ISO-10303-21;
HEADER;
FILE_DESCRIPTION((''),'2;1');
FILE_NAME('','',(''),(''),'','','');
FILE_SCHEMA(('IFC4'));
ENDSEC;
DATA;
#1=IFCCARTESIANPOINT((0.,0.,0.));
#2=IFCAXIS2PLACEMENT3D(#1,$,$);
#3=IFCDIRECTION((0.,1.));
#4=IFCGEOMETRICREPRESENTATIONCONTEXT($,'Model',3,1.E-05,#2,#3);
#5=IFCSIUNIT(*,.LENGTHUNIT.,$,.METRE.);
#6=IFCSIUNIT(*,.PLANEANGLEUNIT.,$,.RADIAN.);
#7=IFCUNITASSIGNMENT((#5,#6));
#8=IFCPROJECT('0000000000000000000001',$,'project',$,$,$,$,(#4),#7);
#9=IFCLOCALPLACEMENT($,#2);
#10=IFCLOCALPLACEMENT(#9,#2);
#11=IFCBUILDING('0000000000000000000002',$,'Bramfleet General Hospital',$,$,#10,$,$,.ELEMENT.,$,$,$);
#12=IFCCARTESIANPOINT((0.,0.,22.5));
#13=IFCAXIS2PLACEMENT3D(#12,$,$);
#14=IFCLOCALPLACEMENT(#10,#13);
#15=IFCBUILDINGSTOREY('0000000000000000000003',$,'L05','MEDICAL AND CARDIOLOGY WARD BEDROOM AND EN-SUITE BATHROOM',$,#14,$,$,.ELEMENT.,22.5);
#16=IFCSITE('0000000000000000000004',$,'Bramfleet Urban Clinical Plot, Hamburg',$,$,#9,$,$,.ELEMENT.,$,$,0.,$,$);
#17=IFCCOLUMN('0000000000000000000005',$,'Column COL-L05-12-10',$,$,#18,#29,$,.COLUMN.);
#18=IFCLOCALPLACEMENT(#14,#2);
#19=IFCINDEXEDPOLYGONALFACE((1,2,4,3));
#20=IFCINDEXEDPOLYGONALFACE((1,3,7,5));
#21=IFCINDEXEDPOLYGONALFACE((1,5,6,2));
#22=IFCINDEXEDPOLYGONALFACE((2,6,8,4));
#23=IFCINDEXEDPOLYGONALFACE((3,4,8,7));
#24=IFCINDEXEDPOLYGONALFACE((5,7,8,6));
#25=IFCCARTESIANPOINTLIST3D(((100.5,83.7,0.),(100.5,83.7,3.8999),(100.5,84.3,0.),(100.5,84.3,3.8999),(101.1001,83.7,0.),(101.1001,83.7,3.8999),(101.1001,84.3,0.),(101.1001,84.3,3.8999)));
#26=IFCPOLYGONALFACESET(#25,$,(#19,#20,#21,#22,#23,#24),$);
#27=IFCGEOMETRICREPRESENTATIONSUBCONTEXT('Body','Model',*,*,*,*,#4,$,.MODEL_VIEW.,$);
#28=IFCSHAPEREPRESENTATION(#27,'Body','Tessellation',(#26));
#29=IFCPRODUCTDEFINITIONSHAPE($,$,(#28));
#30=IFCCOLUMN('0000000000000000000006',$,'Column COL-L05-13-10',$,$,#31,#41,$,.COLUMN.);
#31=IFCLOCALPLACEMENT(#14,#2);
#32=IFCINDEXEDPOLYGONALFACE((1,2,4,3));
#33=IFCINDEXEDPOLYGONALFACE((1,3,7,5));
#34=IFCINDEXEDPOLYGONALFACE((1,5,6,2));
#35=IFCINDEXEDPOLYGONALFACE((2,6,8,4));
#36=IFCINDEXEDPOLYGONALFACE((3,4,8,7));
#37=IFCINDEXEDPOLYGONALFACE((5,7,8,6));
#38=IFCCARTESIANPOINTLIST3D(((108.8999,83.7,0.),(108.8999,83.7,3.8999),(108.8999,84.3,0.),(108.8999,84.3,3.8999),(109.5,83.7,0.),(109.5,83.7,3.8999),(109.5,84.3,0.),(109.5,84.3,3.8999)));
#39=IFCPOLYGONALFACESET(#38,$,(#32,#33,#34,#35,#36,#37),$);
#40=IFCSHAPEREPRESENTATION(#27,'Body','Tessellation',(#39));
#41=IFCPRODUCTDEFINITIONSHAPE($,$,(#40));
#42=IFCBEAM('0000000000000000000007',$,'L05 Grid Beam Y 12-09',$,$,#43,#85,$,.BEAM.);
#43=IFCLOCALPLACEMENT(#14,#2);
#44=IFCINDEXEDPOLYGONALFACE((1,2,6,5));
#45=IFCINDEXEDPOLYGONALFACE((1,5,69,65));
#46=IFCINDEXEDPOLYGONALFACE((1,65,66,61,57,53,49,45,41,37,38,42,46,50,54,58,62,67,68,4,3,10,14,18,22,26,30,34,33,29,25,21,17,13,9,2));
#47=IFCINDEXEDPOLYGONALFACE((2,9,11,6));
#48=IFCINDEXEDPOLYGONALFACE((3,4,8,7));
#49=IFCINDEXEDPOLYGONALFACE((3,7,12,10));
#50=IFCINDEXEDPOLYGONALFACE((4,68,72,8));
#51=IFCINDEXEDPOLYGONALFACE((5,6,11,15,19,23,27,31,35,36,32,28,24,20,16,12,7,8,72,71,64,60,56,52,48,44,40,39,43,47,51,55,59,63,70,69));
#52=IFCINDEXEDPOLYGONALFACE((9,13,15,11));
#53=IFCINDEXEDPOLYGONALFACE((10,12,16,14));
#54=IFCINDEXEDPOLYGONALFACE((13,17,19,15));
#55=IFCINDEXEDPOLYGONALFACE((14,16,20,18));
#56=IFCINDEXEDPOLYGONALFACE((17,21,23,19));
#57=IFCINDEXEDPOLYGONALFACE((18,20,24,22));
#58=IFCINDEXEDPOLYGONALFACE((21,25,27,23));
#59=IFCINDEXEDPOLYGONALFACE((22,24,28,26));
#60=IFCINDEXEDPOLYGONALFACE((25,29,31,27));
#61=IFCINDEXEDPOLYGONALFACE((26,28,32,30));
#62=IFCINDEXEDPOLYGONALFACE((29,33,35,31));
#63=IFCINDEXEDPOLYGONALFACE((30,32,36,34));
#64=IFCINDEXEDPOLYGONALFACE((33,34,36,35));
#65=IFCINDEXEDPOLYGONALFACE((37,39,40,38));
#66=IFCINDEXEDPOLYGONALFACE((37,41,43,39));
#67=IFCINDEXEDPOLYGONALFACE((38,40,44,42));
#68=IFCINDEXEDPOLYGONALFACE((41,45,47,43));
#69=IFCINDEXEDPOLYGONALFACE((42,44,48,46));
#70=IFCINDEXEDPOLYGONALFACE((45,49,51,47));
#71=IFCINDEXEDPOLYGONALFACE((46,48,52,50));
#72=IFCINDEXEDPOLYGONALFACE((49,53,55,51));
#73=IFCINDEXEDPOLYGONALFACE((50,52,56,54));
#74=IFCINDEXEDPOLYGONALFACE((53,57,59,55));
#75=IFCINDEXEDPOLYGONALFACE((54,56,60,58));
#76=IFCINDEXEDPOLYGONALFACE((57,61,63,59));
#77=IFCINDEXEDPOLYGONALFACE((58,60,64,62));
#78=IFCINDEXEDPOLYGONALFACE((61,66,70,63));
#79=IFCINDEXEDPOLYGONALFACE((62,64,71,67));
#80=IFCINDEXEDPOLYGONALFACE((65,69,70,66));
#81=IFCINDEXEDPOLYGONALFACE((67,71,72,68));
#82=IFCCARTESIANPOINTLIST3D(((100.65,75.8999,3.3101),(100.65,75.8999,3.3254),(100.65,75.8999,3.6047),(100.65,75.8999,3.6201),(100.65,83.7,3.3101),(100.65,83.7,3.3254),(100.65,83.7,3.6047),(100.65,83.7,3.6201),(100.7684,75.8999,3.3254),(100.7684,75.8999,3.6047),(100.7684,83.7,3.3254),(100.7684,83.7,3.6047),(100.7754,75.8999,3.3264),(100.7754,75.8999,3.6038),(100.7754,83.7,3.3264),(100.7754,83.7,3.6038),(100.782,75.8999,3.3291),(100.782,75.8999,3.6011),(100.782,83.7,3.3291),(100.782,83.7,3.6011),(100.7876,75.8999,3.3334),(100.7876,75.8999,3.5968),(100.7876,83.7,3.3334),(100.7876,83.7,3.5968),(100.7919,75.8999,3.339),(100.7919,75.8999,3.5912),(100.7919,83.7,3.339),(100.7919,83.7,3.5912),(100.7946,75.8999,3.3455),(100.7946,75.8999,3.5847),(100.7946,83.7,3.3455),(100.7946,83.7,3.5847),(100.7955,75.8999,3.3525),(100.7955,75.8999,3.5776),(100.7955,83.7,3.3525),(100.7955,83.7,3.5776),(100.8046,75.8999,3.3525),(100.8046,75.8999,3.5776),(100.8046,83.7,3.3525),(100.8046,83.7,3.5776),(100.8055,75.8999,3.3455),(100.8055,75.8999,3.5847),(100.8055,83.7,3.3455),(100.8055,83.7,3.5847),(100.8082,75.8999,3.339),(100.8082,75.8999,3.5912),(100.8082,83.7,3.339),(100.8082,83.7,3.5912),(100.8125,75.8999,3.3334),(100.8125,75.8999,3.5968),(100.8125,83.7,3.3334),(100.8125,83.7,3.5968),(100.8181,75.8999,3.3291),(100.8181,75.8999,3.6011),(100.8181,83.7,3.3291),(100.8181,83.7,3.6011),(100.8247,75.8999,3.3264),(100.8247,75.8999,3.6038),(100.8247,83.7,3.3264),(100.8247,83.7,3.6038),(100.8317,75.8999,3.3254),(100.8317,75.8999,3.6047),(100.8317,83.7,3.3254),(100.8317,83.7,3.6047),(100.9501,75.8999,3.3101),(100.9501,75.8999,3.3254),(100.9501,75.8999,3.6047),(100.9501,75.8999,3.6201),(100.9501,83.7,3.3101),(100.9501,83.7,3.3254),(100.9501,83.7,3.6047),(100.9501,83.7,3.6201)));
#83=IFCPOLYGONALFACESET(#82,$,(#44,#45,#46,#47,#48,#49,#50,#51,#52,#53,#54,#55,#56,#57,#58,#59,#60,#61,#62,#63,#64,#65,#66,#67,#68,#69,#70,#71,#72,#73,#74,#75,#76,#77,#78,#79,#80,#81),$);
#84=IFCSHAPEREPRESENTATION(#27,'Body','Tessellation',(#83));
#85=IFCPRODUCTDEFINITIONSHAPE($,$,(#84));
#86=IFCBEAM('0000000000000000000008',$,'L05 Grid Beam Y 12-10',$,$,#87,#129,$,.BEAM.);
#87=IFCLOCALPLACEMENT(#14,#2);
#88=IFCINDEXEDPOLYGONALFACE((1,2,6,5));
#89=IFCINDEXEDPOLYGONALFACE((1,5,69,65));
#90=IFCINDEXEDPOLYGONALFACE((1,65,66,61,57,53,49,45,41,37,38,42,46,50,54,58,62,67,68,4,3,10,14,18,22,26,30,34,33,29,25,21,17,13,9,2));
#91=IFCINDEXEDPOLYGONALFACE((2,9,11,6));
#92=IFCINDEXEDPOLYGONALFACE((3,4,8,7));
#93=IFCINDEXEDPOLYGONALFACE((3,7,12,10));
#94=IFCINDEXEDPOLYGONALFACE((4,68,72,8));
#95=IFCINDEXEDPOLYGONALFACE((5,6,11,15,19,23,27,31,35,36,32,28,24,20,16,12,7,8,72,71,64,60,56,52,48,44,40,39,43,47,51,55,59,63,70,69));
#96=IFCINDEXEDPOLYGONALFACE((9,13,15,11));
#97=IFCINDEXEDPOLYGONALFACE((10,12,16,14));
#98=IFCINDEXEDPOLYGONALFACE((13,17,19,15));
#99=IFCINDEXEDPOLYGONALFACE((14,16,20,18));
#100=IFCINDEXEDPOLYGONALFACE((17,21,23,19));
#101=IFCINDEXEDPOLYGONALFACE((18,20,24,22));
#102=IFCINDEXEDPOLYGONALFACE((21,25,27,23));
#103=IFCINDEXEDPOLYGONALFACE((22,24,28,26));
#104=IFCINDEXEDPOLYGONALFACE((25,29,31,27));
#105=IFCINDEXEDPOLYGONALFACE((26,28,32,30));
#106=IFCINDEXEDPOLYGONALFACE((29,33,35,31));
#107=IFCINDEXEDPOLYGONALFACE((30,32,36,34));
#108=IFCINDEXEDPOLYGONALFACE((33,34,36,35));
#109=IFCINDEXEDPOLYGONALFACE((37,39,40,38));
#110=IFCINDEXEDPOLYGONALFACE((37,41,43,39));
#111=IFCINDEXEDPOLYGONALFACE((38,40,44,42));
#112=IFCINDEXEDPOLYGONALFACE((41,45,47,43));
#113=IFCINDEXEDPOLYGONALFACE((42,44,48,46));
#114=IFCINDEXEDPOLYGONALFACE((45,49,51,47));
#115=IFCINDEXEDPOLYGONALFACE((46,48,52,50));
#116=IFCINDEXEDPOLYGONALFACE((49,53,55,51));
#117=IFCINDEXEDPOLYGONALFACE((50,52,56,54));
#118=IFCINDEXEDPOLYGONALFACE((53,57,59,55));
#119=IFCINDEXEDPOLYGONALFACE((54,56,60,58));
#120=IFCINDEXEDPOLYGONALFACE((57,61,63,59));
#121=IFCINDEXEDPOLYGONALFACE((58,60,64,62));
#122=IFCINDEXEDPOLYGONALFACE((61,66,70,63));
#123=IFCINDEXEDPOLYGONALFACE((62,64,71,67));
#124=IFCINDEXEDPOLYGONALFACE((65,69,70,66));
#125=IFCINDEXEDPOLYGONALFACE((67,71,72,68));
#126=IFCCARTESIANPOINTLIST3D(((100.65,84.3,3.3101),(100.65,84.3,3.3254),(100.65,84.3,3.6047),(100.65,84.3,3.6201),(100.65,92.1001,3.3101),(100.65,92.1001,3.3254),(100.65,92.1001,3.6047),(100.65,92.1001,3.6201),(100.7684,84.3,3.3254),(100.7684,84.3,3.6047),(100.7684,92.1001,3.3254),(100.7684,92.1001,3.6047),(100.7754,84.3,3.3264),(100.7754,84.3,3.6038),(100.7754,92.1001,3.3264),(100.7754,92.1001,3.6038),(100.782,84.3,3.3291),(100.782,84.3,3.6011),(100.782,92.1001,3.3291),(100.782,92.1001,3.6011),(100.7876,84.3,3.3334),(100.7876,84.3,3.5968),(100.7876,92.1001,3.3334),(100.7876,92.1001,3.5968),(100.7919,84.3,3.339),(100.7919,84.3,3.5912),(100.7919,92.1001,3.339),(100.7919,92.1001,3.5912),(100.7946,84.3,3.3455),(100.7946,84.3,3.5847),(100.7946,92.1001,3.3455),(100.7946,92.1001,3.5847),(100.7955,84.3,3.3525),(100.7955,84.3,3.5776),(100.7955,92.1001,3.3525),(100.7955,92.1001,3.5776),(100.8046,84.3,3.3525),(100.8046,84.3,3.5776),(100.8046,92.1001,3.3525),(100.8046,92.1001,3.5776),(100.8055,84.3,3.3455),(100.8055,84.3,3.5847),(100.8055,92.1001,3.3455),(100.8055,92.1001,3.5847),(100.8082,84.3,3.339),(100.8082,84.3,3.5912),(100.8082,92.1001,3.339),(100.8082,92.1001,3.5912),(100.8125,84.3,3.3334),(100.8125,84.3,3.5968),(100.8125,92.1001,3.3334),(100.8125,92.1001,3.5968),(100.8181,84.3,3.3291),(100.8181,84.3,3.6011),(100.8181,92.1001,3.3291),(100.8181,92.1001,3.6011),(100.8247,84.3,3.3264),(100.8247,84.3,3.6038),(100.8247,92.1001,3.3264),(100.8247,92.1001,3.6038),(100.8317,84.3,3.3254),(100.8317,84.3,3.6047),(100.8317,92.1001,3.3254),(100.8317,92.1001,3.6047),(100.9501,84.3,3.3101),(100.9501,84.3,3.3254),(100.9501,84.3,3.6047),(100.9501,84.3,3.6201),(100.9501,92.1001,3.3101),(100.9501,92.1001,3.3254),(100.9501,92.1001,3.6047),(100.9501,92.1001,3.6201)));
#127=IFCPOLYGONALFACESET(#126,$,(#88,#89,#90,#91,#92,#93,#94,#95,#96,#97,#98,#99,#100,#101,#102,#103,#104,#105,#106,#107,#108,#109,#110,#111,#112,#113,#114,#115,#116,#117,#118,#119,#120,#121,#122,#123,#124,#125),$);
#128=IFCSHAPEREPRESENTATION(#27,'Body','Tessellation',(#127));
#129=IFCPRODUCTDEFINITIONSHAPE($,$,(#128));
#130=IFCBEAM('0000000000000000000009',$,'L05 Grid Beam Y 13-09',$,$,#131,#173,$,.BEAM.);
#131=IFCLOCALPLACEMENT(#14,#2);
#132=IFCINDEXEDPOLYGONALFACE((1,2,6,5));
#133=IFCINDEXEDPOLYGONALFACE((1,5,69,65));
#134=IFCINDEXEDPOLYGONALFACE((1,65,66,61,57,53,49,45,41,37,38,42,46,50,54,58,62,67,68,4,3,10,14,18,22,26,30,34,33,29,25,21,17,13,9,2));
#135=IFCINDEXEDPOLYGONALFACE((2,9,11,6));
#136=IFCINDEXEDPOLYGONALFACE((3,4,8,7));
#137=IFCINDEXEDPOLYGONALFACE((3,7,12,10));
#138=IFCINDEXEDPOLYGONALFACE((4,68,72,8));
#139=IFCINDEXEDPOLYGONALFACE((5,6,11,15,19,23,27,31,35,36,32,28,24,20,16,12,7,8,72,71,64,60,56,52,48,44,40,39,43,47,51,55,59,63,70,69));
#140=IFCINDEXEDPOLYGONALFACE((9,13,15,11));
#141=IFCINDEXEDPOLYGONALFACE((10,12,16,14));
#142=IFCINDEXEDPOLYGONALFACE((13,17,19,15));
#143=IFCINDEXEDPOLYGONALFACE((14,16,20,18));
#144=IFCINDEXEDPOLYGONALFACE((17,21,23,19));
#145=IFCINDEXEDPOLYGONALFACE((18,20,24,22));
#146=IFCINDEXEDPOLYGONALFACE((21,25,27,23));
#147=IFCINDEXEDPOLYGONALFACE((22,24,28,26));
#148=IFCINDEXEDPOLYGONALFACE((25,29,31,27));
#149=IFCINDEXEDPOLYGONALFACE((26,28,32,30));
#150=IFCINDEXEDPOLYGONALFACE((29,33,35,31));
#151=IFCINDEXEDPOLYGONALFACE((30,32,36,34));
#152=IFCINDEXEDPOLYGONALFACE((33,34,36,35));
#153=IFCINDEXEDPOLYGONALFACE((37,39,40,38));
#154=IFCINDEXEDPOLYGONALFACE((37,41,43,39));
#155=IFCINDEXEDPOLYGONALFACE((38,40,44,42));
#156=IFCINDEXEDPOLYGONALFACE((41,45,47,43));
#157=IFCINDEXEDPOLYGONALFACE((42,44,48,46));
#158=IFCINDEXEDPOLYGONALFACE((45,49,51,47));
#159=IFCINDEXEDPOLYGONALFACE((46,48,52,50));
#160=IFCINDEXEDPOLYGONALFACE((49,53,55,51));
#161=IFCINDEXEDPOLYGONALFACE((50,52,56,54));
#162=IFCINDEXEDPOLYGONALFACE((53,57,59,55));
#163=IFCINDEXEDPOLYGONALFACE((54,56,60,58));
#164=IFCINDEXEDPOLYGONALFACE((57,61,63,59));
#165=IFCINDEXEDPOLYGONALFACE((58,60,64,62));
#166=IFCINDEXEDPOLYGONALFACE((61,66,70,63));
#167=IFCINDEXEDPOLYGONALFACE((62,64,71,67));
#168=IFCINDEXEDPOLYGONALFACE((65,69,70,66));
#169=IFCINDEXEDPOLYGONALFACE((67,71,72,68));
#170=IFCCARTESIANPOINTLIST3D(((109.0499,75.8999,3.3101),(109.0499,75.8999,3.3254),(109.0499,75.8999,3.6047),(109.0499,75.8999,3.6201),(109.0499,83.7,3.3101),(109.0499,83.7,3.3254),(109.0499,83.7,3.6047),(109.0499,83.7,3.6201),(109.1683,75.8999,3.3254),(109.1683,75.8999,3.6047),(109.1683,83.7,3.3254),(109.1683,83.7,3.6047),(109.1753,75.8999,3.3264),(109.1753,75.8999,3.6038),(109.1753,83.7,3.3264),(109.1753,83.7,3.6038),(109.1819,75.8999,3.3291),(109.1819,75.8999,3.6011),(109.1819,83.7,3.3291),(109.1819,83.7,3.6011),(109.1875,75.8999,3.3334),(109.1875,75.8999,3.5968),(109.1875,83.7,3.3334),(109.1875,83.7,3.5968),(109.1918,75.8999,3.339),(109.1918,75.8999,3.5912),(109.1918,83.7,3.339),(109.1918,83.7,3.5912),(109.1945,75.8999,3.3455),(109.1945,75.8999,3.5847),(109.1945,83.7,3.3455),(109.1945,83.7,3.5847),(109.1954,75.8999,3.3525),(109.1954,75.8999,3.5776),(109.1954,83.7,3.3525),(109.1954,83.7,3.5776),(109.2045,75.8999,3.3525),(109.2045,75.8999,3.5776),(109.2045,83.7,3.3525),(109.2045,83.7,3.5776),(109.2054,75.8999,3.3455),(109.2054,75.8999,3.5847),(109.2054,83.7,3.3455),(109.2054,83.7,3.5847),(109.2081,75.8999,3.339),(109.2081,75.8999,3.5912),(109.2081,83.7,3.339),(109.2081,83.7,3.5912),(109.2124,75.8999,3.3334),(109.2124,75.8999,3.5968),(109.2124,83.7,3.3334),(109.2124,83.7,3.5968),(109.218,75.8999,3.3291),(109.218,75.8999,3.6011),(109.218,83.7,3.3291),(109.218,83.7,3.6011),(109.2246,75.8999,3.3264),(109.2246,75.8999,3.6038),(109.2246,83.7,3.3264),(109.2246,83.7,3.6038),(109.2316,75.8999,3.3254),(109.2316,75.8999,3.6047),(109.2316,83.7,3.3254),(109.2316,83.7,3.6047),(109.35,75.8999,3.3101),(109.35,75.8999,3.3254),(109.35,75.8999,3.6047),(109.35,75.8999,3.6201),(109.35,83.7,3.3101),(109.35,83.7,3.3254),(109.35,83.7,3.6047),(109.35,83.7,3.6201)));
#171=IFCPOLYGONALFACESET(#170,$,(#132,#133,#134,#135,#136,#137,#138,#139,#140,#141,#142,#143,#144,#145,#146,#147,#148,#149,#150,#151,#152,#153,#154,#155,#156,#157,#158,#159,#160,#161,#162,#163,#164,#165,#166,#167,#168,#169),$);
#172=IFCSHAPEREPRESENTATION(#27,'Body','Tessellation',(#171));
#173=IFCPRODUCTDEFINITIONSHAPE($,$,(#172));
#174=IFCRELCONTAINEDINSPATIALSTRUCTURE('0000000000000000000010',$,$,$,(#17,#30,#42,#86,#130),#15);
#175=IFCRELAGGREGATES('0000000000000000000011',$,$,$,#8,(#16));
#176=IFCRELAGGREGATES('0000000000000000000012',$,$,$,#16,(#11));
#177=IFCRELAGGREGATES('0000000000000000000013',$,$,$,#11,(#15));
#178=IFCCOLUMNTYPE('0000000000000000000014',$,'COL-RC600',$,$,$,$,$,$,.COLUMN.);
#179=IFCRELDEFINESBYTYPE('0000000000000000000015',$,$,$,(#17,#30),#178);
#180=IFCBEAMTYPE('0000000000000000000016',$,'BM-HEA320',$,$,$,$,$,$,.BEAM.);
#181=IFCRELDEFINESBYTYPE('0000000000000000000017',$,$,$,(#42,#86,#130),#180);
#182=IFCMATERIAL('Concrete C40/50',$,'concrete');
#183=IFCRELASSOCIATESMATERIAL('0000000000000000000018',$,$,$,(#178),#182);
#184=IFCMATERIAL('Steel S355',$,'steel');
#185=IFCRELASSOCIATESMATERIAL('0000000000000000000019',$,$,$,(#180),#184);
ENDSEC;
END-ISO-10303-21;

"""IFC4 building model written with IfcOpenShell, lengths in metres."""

from ifc_helpers import new_model, si_unit, direction, frame, origin, origin_2d, place, context, subcontext, project, spatial, rectangle, i_section, extrude, material, material_profile, profile_set, type_object, element, save


model = new_model("IFC4")

# Units and contexts
model_context = context("Model", 3, precision=1e-05, world=origin(), true_north=direction((0.0, 1.0)))
body_context = subcontext(model_context, "Body", "Model", "MODEL_VIEW")
ifc_project = project(units=[si_unit("LENGTHUNIT", "METRE"), si_unit("PLANEANGLEUNIT", "RADIAN")], contexts=[model_context])

# Site, building, storey
site_placement = place(None, origin())
site = spatial("IfcSite", under=ifc_project, at=site_placement, Name="Bramfleet Urban Clinical Plot, Hamburg", CompositionType="ELEMENT", RefElevation=0.0)
building_placement = place(site_placement, origin())
building = spatial("IfcBuilding", under=site, at=building_placement, Name="Bramfleet General Hospital", CompositionType="ELEMENT")
storey_placement = place(building_placement, frame((0.0, 0.0, 22.5)))
storey = spatial("IfcBuildingStorey", under=building, at=storey_placement, Name="L05", Description="MEDICAL AND CARDIOLOGY WARD BEDROOM AND EN-SUITE BATHROOM", CompositionType="ELEMENT", Elevation=22.5)

# Columns
ifc_material_1 = material(Name="Concrete C40/50", Category="concrete")
ifc_material_profile_1 = material_profile(ifc_material_1, rectangle(XDim=0.6001, YDim=0.6001, at=origin_2d()), Name="RC COL 600x600")
ifc_profile_set_1 = profile_set([ifc_material_profile_1], Name="Concrete C40/50")
column_type = type_object("IfcColumnType", Name="COL-RC600", PredefinedType="COLUMN", material=ifc_profile_set_1)
for number, where, z_axis, x_axis, name in (
    (1, (100.8, 84.0, 0.0), (0.0, 0.0, 1.0), (1.0, 0.0, 0.0), "Column COL-L05-12-10"),
    (2, (109.2, 84.0, 0.0), (0.0, 0.0, 1.0), (1.0, 0.0, 0.0), "Column COL-L05-13-10"),
):
    element("IfcColumn", number, at=place(storey_placement, frame(where, z_axis=z_axis, x_axis=x_axis)), inside=storey, type_object=column_type, Name=name, PredefinedType="COLUMN", context=body_context, shape_type="SweptSolid", body=[
        extrude(rectangle(XDim=0.6001, YDim=0.6001, at=origin_2d()), origin(), (0.0, 0.0, 1.0), 3.8999),
    ])

# Beams
ifc_material_2 = material(Name="Steel S355", Category="steel")
ifc_material_profile_2 = material_profile(ifc_material_2, i_section(OverallWidth=0.3, OverallDepth=0.3101, WebThickness=0.009, FlangeThickness=0.0154, FilletRadius=0.0271, at=origin_2d()), Name="HEA 320")
ifc_profile_set_2 = profile_set([ifc_material_profile_2], Name="Steel S355")
beam_type_1 = type_object("IfcBeamType", Name="BM-HEA320", PredefinedType="BEAM", material=ifc_profile_set_2)
for number, where, z_axis, x_axis, name in (
    (3, (100.8, 75.8999, 3.4651), (0.0, 1.0, 0.0), (-1.0, 0.0, 0.0), "L05 Grid Beam Y 12-09"),
    (4, (100.8, 84.3, 3.4651), (0.0, 1.0, 0.0), (-1.0, 0.0, 0.0), "L05 Grid Beam Y 12-10"),
    (5, (109.2, 75.8999, 3.4651), (0.0, 1.0, 0.0), (-1.0, 0.0, 0.0), "L05 Grid Beam Y 13-09"),
):
    element("IfcBeam", number, at=place(storey_placement, frame(where, z_axis=z_axis, x_axis=x_axis)), inside=storey, type_object=beam_type_1, Name=name, PredefinedType="BEAM", context=body_context, shape_type="SweptSolid", body=[
        extrude(i_section(OverallWidth=0.3, OverallDepth=0.3101, WebThickness=0.009, FlangeThickness=0.0154, FilletRadius=0.0271, at=origin_2d()), origin(), (0.0, 0.0, 1.0), 7.8),
    ])

save(model, "model.ifc")
